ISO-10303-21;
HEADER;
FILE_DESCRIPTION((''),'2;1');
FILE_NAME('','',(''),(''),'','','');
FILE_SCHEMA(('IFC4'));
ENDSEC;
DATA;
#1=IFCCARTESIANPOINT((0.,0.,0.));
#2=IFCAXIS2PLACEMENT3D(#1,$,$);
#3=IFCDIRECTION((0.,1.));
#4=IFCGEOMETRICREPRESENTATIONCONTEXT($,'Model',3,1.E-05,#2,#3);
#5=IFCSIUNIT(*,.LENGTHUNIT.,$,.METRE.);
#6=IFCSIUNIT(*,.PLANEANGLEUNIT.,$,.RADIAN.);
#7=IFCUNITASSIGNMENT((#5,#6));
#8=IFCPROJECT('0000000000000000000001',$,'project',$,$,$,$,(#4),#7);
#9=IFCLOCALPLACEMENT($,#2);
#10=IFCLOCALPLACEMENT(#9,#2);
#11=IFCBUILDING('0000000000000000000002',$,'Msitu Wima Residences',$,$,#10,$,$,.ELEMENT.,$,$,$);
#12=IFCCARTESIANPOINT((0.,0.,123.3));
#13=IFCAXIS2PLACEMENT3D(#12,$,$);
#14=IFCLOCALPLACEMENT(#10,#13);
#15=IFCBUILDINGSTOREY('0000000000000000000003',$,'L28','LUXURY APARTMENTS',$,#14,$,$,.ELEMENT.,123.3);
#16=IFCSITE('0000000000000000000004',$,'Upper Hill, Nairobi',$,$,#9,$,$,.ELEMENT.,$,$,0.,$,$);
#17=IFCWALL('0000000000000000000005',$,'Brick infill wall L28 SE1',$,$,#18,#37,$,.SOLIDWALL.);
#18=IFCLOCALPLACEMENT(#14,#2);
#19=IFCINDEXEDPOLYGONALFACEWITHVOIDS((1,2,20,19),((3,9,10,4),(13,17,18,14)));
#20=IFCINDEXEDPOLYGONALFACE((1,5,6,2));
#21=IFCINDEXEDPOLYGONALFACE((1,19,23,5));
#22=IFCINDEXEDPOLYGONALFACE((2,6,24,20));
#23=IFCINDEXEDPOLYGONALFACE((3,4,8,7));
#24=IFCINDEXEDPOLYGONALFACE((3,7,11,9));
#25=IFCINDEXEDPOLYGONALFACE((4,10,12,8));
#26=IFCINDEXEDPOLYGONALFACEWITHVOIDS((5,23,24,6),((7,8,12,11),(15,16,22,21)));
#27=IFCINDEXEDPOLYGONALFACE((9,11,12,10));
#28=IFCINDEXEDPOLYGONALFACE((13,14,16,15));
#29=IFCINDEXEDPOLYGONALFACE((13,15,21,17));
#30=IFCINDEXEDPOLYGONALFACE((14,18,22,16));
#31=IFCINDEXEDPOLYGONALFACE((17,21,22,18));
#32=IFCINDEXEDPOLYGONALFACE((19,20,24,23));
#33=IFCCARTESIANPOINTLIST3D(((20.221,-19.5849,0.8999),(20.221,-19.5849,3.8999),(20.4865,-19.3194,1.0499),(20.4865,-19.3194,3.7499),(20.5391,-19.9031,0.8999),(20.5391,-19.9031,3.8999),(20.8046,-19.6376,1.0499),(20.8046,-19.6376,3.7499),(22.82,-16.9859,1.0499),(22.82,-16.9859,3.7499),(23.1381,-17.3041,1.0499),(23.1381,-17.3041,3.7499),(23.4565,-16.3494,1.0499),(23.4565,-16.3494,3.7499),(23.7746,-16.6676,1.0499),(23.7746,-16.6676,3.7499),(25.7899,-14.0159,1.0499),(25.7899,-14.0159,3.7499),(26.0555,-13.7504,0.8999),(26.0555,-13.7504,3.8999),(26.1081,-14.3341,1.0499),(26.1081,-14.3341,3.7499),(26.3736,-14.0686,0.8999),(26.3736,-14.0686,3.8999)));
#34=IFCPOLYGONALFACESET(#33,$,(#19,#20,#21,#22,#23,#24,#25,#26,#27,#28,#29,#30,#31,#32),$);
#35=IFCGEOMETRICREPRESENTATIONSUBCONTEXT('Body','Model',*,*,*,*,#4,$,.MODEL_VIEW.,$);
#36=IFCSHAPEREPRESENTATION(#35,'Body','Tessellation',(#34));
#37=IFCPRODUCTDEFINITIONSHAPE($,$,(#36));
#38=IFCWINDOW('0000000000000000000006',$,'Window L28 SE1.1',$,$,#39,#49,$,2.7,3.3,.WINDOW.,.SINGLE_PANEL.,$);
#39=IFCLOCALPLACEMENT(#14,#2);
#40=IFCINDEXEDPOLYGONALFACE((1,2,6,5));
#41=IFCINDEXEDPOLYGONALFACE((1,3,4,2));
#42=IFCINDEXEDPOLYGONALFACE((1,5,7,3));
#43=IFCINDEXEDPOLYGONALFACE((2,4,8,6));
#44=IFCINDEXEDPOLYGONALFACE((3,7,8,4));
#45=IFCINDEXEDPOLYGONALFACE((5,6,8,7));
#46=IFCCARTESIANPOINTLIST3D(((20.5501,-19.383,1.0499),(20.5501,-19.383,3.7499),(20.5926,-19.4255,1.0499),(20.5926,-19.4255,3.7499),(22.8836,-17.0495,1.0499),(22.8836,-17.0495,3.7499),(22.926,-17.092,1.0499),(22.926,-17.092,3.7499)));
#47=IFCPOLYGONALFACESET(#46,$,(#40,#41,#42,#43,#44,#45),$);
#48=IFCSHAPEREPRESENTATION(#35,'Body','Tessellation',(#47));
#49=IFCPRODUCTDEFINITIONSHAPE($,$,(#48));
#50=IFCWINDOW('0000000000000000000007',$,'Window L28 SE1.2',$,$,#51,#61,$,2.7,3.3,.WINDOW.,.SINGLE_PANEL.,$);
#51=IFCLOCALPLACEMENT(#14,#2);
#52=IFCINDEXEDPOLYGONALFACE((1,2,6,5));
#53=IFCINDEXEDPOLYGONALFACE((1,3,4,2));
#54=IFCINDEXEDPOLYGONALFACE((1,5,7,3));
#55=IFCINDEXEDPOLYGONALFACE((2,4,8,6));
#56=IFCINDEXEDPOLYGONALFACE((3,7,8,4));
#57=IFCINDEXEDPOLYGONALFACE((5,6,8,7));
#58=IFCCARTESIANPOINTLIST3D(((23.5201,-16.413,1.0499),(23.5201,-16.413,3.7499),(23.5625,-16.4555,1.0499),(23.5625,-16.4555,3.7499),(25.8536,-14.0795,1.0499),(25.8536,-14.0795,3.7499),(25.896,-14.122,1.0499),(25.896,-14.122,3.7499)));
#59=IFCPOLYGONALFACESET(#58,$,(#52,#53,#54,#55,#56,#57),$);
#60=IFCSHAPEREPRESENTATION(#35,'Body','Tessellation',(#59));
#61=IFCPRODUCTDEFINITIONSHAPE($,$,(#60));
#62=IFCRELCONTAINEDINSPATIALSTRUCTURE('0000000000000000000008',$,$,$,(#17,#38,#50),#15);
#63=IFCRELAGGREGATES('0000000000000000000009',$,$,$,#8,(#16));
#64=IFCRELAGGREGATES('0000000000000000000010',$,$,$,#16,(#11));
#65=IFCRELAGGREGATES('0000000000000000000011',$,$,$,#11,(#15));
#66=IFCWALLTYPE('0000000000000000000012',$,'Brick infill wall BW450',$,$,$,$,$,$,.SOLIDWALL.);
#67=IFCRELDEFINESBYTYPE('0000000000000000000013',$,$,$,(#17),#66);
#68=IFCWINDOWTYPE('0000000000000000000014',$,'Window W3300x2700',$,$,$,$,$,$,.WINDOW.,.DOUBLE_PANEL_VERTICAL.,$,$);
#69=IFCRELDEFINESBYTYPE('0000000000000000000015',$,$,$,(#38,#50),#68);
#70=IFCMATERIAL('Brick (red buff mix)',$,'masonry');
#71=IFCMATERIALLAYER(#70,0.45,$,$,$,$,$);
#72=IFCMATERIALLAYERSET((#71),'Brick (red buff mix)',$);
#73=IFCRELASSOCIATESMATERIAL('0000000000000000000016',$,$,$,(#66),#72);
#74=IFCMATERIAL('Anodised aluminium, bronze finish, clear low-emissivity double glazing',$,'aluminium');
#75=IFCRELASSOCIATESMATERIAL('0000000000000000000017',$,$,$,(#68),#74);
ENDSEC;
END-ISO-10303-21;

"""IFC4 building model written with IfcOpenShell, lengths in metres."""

from ifc_helpers import new_model, si_unit, direction, frame, frame_2d, origin, place, context, subcontext, project, spatial, rectangle, extrude, material, layer, layer_set, type_object, element, fill, save


model = new_model("IFC4")

# Units and contexts
model_context = context("Model", 3, precision=1e-05, world=origin(), true_north=direction((0.0, 1.0)))
body_context = subcontext(model_context, "Body", "Model", "MODEL_VIEW")
ifc_project = project(units=[si_unit("LENGTHUNIT", "METRE"), si_unit("PLANEANGLEUNIT", "RADIAN")], contexts=[model_context])

# Site, building, storey
site_placement = place(None, origin())
site = spatial("IfcSite", under=ifc_project, at=site_placement, Name="Upper Hill, Nairobi", CompositionType="ELEMENT", RefElevation=0.0)
building_placement = place(site_placement, origin())
building = spatial("IfcBuilding", under=site, at=building_placement, Name="Msitu Wima Residences", CompositionType="ELEMENT")
storey_placement = place(building_placement, frame((0.0, 0.0, 123.3)))
storey = spatial("IfcBuildingStorey", under=building, at=storey_placement, Name="L28", Description="LUXURY APARTMENTS", CompositionType="ELEMENT", Elevation=123.3)

# Shared definitions
ifc_material_1 = material(Name="Brick (red buff mix)", Category="masonry")
ifc_layer_1 = layer(ifc_material_1, 0.45)
ifc_layer_set_1 = layer_set([ifc_layer_1], Name="Brick (red buff mix)")
wall_type_1 = type_object("IfcWallType", Name="Brick infill wall BW450", PredefinedType="SOLIDWALL", material=ifc_layer_set_1)
ifc_material_2 = material(Name="Anodised aluminium, bronze finish, clear low-emissivity double glazing", Category="aluminium")
window_type = type_object("IfcWindowType", Name="Window W3300x2700", PartitioningType="DOUBLE_PANEL_VERTICAL", PredefinedType="WINDOW", material=ifc_material_2)

# Wall, openings, windows
wall_1_placement = place(storey_placement, frame((20.3801, -19.7439, 0.8999), z_axis=(0.0, 0.0, 1.0), x_axis=(0.707107, 0.707107, 0.0)))
wall_1 = element("IfcWall", 1, at=wall_1_placement, inside=storey, type_object=wall_type_1, Name="Brick infill wall L28 SE1", PredefinedType="SOLIDWALL", context=body_context, shape_type="SweptSolid", body=[
    extrude(rectangle(XDim=8.2512, YDim=0.45, at=frame_2d((4.1255, 0.0))), origin(), (0.0, 0.0, 1.0), 3.0),
])
opening_1_placement = place(wall_1_placement, frame((0.3755, 0.0, 0.1499)))
opening_1 = element("IfcOpeningElement", 2, at=opening_1_placement, cuts=wall_1, PredefinedType="OPENING", context=body_context, shape_type="SweptSolid", body=[
    extrude(rectangle(XDim=3.3, YDim=2.7, at=frame_2d((1.6499, 1.3501))), frame((0.0, 0.2349, 0.0), z_axis=(0.0, -1.0, 0.0), x_axis=(1.0, 0.0, 0.0)), (0.0, 0.0, 1.0), 0.47),
])
opening_2_placement = place(wall_1_placement, frame((4.5757, 0.0, 0.1499)))
opening_2 = element("IfcOpeningElement", 3, at=opening_2_placement, cuts=wall_1, PredefinedType="OPENING", context=body_context, shape_type="SweptSolid", body=[
    extrude(rectangle(XDim=3.3, YDim=2.7, at=frame_2d((1.6499, 1.3501))), frame((0.0, 0.2349, 0.0), z_axis=(0.0, -1.0, 0.0), x_axis=(1.0, 0.0, 0.0)), (0.0, 0.0, 1.0), 0.47),
])
window_1_placement = place(opening_1_placement, origin())
window_1 = element("IfcWindow", 4, at=window_1_placement, inside=storey, type_object=window_type, Name="Window L28 SE1.1", OverallHeight=2.7, OverallWidth=3.3, PartitioningType="SINGLE_PANEL", PredefinedType="WINDOW", context=body_context, shape_type="SweptSolid", body=[
    extrude(rectangle(XDim=3.3, YDim=2.7, at=frame_2d((1.6499, 1.3501))), frame((0.0, 0.135, 0.0), z_axis=(0.0, -1.0, 0.0), x_axis=(1.0, 0.0, 0.0)), (0.0, 0.0, 1.0), 0.0601),
])
fill(opening_1, window_1)
window_2_placement = place(opening_2_placement, origin())
window_2 = element("IfcWindow", 5, at=window_2_placement, inside=storey, type_object=window_type, Name="Window L28 SE1.2", OverallHeight=2.7, OverallWidth=3.3, PartitioningType="SINGLE_PANEL", PredefinedType="WINDOW", context=body_context, shape_type="SweptSolid", body=[
    extrude(rectangle(XDim=3.3, YDim=2.7, at=frame_2d((1.6499, 1.3501))), frame((0.0, 0.135, 0.0), z_axis=(0.0, -1.0, 0.0), x_axis=(1.0, 0.0, 0.0)), (0.0, 0.0, 1.0), 0.0601),
])
fill(opening_2, window_2)

save(model, "model.ifc")
